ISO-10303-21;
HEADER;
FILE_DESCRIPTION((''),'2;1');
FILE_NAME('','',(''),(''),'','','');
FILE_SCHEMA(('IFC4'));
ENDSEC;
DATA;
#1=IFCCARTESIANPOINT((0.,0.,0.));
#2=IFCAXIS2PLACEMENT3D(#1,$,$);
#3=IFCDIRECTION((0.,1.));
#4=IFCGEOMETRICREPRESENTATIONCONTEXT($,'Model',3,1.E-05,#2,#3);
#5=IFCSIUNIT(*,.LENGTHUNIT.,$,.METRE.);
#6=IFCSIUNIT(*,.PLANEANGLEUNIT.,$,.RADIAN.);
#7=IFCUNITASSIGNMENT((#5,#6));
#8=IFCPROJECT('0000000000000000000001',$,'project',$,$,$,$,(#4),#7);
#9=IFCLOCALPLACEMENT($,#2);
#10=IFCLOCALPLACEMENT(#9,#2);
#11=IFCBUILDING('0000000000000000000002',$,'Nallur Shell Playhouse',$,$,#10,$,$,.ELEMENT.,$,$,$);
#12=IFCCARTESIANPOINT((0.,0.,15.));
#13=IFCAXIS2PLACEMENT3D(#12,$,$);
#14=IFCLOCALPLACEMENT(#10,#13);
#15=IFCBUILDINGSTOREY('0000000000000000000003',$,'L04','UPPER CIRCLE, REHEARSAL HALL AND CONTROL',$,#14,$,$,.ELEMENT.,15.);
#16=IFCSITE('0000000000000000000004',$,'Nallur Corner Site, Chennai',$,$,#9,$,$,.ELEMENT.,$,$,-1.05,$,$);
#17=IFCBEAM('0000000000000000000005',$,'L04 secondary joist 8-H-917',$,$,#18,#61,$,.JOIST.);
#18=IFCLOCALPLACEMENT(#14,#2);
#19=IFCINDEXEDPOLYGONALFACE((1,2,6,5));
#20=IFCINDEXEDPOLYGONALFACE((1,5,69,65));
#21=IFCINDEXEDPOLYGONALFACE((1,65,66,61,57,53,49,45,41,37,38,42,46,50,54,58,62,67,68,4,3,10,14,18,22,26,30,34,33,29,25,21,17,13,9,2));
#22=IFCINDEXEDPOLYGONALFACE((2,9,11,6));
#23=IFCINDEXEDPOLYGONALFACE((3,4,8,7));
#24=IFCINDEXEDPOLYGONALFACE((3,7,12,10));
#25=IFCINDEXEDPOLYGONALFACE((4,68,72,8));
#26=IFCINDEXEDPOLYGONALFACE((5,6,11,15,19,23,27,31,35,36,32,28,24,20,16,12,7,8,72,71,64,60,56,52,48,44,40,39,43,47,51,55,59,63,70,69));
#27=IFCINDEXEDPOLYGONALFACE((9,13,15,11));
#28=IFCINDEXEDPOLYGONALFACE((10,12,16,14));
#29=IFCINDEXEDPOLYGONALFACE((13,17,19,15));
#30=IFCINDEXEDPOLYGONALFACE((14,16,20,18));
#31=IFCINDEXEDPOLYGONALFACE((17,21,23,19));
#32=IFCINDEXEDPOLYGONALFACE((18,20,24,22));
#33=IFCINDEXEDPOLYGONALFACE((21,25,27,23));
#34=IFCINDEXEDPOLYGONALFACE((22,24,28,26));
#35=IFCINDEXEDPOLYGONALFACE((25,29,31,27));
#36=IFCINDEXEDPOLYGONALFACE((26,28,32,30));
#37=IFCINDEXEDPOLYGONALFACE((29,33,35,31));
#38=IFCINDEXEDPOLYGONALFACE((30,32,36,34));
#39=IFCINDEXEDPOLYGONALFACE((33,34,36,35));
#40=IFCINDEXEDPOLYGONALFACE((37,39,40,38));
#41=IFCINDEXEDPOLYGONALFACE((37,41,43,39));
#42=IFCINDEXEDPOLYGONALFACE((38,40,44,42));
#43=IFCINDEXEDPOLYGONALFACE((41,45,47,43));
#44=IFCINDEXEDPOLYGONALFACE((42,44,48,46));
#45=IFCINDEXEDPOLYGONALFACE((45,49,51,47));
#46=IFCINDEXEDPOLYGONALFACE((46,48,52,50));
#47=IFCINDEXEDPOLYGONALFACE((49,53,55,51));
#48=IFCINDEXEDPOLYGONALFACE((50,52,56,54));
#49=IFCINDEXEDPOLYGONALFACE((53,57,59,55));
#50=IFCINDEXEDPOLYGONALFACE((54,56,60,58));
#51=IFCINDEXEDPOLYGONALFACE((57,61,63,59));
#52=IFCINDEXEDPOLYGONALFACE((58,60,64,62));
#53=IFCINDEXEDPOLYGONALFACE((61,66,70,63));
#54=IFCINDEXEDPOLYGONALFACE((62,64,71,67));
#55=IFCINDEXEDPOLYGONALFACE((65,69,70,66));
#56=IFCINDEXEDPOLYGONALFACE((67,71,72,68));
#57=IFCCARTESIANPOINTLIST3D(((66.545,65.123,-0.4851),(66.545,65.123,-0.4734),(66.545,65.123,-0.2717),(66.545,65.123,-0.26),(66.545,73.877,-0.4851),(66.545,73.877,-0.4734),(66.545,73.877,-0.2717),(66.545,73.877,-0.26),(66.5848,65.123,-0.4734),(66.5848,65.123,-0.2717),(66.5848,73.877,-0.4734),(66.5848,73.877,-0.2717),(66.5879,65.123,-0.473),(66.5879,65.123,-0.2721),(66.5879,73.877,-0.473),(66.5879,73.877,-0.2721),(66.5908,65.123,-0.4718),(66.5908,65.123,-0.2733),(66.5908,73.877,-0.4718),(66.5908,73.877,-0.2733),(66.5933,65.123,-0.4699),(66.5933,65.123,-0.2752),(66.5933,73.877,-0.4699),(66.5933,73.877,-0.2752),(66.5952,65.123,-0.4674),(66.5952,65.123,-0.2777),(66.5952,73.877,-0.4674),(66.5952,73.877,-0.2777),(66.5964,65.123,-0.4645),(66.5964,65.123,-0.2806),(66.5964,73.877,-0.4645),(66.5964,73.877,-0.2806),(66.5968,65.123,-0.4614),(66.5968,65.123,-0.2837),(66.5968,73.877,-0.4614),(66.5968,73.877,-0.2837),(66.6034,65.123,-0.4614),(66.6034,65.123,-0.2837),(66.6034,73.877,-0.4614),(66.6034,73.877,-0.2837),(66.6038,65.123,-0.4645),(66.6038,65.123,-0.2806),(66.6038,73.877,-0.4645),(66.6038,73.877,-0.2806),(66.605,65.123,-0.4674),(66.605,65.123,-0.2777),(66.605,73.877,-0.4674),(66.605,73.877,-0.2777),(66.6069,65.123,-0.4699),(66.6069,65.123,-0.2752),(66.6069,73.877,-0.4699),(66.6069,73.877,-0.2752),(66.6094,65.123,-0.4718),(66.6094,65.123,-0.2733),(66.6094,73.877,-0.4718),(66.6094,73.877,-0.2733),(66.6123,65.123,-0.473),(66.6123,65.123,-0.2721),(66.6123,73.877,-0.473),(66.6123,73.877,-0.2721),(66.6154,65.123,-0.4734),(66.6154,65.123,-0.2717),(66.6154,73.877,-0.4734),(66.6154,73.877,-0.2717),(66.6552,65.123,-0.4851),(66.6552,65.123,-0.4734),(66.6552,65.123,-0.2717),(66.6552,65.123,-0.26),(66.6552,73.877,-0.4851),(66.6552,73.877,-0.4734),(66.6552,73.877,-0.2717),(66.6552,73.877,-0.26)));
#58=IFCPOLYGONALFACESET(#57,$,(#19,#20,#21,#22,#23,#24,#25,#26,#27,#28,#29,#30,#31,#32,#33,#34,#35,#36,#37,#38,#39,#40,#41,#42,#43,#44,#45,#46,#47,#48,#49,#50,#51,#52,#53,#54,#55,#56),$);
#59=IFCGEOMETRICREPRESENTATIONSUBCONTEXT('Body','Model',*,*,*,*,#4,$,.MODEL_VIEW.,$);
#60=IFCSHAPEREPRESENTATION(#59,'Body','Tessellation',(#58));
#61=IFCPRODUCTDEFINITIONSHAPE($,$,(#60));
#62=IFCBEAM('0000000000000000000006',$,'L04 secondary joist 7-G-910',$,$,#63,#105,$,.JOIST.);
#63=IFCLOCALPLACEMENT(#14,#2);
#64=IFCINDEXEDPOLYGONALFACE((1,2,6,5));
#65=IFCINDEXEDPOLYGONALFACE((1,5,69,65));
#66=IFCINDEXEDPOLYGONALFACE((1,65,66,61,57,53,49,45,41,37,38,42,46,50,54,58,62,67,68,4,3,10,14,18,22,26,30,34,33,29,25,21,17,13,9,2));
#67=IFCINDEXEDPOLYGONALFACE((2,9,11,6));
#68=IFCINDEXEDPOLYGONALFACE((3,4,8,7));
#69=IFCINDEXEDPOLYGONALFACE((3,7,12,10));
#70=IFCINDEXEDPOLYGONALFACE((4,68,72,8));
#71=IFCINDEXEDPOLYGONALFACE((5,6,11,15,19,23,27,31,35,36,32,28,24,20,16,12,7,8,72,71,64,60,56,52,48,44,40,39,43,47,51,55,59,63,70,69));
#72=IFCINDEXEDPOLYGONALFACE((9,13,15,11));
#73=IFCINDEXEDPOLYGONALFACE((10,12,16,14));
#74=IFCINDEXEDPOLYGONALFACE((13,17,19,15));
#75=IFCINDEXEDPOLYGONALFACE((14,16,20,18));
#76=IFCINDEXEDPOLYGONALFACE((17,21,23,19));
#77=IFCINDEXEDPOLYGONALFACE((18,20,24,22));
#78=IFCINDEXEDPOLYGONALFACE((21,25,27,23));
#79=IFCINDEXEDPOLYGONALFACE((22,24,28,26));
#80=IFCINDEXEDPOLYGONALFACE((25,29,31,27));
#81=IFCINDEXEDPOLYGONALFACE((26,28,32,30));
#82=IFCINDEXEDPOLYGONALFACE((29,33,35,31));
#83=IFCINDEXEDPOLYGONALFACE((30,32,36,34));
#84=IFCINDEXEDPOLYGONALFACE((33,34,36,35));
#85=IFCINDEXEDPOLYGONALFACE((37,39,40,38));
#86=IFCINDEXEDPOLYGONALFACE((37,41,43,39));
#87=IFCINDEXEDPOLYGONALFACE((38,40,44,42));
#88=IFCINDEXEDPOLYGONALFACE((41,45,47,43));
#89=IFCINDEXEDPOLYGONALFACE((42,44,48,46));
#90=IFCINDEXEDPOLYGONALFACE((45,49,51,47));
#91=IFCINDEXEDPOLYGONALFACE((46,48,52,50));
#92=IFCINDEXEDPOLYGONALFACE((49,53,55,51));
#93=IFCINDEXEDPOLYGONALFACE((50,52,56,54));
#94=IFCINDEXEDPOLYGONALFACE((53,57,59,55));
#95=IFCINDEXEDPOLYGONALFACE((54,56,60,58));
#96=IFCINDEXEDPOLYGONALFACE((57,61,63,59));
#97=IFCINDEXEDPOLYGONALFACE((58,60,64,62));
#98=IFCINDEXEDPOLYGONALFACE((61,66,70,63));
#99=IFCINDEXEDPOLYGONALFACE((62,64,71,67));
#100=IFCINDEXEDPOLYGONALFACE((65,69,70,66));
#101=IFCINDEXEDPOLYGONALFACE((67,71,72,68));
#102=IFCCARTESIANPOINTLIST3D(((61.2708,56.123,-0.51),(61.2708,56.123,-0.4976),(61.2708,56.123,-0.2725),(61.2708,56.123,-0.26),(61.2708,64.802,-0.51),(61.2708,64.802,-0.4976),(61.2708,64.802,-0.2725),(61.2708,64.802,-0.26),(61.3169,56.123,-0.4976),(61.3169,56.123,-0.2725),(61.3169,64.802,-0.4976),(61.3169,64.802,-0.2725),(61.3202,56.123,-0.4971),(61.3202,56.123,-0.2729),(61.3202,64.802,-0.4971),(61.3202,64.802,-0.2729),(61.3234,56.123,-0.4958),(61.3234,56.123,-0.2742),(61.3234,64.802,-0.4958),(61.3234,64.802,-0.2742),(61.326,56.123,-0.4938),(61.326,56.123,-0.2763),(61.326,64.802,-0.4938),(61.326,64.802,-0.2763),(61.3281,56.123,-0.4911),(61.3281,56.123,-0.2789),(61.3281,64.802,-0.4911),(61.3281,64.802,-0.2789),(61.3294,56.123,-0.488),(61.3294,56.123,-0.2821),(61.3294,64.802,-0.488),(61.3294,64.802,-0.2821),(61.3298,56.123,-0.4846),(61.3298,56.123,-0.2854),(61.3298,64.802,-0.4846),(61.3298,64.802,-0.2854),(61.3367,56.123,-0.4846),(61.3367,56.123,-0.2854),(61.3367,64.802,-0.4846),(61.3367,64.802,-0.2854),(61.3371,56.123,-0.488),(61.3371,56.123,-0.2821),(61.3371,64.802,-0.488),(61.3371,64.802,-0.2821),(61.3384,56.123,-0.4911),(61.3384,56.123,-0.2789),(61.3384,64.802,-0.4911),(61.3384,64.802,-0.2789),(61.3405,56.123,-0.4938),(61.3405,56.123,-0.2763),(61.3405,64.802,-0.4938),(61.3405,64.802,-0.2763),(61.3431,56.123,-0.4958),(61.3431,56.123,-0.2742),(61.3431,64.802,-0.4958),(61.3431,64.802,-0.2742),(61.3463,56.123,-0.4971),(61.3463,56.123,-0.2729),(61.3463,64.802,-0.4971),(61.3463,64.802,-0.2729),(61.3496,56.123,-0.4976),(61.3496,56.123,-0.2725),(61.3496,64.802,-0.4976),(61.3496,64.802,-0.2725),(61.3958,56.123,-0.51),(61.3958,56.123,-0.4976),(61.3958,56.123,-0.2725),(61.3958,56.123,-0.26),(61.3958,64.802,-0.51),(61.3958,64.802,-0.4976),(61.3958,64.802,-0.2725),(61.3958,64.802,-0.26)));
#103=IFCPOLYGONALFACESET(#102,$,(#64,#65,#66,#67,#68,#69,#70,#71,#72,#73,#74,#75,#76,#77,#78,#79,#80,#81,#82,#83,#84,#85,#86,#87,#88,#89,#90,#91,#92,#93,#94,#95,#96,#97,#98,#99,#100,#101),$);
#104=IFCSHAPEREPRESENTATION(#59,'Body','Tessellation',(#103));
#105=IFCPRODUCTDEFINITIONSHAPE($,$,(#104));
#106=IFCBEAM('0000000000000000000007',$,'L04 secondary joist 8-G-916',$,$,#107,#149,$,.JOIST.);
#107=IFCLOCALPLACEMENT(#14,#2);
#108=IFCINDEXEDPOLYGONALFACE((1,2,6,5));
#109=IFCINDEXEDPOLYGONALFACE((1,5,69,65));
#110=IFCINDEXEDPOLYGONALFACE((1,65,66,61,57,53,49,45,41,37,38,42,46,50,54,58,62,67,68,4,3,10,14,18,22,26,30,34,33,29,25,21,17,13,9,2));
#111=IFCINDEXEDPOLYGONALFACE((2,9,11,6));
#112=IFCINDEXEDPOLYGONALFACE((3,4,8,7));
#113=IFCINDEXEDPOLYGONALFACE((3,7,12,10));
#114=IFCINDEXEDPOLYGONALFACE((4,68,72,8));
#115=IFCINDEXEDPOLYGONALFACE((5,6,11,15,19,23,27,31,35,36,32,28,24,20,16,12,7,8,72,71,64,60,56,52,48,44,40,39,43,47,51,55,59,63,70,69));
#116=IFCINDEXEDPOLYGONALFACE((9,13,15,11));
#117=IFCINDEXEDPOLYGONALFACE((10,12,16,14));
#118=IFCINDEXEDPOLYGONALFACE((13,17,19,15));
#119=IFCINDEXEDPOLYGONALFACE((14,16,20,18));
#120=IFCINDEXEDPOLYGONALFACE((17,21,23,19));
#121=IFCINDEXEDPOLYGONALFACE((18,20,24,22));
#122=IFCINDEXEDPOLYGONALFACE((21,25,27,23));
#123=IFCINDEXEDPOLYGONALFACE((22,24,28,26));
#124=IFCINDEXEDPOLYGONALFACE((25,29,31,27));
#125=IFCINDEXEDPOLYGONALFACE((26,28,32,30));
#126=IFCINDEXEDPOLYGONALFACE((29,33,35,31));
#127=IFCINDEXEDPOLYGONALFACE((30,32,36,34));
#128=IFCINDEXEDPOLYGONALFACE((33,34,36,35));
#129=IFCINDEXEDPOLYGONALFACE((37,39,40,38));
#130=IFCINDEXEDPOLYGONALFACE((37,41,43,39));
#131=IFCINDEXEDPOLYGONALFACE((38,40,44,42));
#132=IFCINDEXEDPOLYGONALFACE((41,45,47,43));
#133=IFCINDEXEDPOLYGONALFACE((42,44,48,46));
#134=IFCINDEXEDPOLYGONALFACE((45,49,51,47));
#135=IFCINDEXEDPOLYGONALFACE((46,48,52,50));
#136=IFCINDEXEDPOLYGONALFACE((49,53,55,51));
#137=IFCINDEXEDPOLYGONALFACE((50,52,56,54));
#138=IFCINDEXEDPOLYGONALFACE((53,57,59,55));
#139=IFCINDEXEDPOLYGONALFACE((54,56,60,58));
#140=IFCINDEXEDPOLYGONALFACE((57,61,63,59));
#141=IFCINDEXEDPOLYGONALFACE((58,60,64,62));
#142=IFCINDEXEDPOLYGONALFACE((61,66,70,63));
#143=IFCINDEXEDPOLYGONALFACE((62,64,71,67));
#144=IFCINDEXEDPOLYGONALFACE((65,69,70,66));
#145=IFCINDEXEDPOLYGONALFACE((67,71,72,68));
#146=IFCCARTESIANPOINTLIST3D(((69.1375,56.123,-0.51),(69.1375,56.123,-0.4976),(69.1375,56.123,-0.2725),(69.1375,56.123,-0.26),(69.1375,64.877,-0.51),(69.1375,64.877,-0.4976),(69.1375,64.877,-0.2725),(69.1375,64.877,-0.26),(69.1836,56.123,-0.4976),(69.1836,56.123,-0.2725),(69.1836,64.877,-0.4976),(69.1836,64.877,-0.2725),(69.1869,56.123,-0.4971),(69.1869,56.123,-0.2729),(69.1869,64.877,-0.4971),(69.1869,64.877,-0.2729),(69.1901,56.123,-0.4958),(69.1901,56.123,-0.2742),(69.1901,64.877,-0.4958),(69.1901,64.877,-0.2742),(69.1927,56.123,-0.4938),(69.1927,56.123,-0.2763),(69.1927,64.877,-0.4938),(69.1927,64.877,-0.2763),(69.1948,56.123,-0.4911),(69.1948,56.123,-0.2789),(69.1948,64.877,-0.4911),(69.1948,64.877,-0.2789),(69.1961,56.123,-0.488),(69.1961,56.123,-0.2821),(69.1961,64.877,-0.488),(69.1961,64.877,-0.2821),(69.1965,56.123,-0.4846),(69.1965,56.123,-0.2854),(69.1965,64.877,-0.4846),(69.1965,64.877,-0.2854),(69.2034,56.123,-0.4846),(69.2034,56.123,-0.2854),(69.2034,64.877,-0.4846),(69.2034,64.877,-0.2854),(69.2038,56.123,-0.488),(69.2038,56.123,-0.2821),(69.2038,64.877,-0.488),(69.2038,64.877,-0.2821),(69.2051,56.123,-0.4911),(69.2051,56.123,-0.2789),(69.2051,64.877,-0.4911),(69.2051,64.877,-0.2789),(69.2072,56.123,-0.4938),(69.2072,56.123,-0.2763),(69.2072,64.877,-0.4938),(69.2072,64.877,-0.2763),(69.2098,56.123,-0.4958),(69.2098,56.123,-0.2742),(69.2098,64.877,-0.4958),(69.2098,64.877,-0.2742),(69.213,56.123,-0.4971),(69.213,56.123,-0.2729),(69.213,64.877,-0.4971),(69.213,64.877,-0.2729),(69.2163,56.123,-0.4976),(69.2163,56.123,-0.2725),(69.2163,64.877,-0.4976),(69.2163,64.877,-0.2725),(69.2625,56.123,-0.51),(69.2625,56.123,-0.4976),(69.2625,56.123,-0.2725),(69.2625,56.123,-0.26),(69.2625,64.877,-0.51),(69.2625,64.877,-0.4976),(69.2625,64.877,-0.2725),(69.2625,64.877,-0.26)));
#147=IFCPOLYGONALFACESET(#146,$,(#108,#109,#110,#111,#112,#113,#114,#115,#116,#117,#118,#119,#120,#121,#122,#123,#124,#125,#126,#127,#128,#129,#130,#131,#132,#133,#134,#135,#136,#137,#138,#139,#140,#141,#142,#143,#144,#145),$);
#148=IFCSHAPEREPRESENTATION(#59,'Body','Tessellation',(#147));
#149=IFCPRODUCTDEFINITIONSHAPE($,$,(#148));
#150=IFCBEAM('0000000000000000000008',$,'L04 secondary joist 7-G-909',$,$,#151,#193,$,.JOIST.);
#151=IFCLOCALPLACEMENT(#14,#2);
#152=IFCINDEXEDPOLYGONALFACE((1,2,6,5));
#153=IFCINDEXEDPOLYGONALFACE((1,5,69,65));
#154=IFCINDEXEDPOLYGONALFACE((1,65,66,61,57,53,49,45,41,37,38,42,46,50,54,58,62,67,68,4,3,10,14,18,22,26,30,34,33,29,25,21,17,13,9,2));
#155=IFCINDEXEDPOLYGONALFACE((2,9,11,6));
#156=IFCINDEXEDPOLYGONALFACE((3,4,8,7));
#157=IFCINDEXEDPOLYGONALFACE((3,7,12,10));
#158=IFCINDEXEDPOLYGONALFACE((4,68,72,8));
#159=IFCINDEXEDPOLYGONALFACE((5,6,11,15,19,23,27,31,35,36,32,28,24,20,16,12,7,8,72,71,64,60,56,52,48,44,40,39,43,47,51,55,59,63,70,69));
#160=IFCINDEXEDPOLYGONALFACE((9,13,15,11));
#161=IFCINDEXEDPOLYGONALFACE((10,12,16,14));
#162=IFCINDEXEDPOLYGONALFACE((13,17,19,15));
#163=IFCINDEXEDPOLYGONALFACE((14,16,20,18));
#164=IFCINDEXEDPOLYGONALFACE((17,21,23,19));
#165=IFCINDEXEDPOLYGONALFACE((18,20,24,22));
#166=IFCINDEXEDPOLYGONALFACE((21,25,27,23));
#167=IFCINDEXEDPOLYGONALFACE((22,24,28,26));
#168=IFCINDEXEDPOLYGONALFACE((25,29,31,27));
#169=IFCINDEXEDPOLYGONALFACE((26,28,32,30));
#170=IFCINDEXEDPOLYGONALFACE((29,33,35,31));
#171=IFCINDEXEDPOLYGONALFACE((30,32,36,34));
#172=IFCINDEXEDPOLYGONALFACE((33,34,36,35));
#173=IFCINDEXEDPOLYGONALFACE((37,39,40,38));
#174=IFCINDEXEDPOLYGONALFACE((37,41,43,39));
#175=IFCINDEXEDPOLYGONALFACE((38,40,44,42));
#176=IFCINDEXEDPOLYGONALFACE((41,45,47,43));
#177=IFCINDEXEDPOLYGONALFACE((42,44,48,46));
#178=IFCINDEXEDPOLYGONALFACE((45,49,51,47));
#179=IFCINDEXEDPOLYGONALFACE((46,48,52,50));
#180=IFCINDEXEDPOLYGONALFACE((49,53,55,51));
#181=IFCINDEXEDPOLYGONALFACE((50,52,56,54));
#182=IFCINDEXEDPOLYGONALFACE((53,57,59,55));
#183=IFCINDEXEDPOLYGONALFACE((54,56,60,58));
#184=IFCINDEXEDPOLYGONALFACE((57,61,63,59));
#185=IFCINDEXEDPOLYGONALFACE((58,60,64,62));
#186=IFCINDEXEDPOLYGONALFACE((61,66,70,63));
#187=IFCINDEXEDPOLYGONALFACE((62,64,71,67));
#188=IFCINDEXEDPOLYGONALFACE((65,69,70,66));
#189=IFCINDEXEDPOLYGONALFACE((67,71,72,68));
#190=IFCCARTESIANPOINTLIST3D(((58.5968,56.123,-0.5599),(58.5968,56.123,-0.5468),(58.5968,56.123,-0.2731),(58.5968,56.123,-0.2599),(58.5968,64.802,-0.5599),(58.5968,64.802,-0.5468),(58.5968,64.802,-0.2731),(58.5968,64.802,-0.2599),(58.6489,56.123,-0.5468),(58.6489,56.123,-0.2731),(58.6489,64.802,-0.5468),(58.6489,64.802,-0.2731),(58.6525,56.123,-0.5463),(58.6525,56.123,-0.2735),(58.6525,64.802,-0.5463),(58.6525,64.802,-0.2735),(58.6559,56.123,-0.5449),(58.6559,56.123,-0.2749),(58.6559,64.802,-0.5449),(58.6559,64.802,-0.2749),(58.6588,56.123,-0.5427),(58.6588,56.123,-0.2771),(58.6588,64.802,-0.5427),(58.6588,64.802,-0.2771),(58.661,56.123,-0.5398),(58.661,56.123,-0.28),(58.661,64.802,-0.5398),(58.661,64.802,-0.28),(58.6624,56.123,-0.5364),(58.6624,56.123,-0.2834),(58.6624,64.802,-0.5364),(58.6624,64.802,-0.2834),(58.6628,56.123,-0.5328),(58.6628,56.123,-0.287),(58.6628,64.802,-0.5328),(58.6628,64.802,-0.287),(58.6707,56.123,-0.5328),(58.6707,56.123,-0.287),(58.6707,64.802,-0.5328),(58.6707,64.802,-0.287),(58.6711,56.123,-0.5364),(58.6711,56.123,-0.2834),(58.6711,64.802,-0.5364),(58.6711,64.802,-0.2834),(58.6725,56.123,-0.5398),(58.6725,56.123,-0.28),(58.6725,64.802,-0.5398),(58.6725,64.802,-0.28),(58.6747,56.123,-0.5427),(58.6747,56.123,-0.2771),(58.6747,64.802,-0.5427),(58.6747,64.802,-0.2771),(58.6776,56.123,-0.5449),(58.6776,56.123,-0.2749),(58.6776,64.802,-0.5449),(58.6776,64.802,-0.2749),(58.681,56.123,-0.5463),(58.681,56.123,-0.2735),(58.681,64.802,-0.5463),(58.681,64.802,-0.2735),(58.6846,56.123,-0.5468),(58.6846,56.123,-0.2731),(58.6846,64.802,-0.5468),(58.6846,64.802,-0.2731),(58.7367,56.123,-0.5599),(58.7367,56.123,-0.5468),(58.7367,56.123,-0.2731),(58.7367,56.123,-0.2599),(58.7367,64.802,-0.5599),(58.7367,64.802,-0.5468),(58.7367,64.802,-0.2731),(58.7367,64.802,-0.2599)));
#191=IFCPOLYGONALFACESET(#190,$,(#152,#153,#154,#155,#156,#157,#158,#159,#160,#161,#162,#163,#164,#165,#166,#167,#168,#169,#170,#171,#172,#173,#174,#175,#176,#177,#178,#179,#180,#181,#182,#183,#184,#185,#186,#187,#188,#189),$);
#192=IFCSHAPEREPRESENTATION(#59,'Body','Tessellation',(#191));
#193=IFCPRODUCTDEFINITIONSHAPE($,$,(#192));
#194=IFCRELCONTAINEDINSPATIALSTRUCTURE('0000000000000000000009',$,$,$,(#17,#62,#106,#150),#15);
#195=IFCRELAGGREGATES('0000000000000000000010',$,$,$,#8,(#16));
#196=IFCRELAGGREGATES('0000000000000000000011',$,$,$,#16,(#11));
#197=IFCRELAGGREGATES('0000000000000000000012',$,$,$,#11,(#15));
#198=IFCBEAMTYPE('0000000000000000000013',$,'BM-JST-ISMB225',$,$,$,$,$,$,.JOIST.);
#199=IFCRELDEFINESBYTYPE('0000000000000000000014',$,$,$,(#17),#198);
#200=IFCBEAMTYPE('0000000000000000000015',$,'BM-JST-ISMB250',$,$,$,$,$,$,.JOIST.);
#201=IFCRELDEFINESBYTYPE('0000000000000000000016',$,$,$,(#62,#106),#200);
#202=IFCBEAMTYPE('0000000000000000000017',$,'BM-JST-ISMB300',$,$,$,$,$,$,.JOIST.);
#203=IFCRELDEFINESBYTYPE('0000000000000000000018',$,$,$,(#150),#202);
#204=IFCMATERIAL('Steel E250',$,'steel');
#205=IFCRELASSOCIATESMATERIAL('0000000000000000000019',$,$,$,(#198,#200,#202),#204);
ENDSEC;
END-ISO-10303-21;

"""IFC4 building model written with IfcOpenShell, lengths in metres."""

from ifc_helpers import new_model, si_unit, direction, frame, origin, origin_2d, place, context, subcontext, project, spatial, i_section, extrude, material, material_profile, profile_set, type_object, element, save


model = new_model("IFC4")

# Units and contexts
model_context = context("Model", 3, precision=1e-05, world=origin(), true_north=direction((0.0, 1.0)))
body_context = subcontext(model_context, "Body", "Model", "MODEL_VIEW")
ifc_project = project(units=[si_unit("LENGTHUNIT", "METRE"), si_unit("PLANEANGLEUNIT", "RADIAN")], contexts=[model_context])

# Site, building, storey
site_placement = place(None, origin())
site = spatial("IfcSite", under=ifc_project, at=site_placement, Name="Nallur Corner Site, Chennai", CompositionType="ELEMENT", RefElevation=-1.05)
building_placement = place(site_placement, origin())
building = spatial("IfcBuilding", under=site, at=building_placement, Name="Nallur Shell Playhouse", CompositionType="ELEMENT")
storey_placement = place(building_placement, frame((0.0, 0.0, 15.0)))
storey = spatial("IfcBuildingStorey", under=building, at=storey_placement, Name="L04", Description="UPPER CIRCLE, REHEARSAL HALL AND CONTROL", CompositionType="ELEMENT", Elevation=15.0)

# Beams
ifc_material_1 = material(Name="Steel E250", Category="steel")
ifc_material_profile_1 = material_profile(ifc_material_1, i_section(OverallWidth=0.1101, OverallDepth=0.2251, WebThickness=0.0066, FlangeThickness=0.0117, FilletRadius=0.012, at=origin_2d()), Name="ISMB 225")
ifc_profile_set_1 = profile_set([ifc_material_profile_1], Name="Steel E250")
beam_type_1 = type_object("IfcBeamType", Name="BM-JST-ISMB225", PredefinedType="JOIST", material=ifc_profile_set_1)
beam_1_placement = place(storey_placement, frame((66.6001, 65.123, -0.3726), z_axis=(0.0, 1.0, 0.0), x_axis=(-1.0, 0.0, 0.0)))
element("IfcBeam", 1, at=beam_1_placement, inside=storey, type_object=beam_type_1, Name="L04 secondary joist 8-H-917", PredefinedType="JOIST", context=body_context, shape_type="SweptSolid", body=[
    extrude(i_section(OverallWidth=0.1101, OverallDepth=0.2251, WebThickness=0.0066, FlangeThickness=0.0117, FilletRadius=0.012, at=origin_2d()), origin(), (0.0, 0.0, 1.0), 8.7539),
])
ifc_material_profile_2 = material_profile(ifc_material_1, i_section(OverallWidth=0.125, OverallDepth=0.25, WebThickness=0.0068, FlangeThickness=0.0125, FilletRadius=0.0129, at=origin_2d()), Name="ISMB 250")
ifc_profile_set_2 = profile_set([ifc_material_profile_2], Name="Steel E250")
beam_type_2 = type_object("IfcBeamType", Name="BM-JST-ISMB250", PredefinedType="JOIST", material=ifc_profile_set_2)
beam_2_placement = place(storey_placement, frame((61.3333, 56.123, -0.385), z_axis=(0.0, 1.0, 0.0), x_axis=(-1.0, 0.0, 0.0)))
element("IfcBeam", 2, at=beam_2_placement, inside=storey, type_object=beam_type_2, Name="L04 secondary joist 7-G-910", PredefinedType="JOIST", context=body_context, shape_type="SweptSolid", body=[
    extrude(i_section(OverallWidth=0.125, OverallDepth=0.25, WebThickness=0.0068, FlangeThickness=0.0125, FilletRadius=0.0129, at=origin_2d()), origin(), (0.0, 0.0, 1.0), 8.679),
])
beam_3_placement = place(storey_placement, frame((69.2, 56.123, -0.385), z_axis=(0.0, 1.0, 0.0), x_axis=(-1.0, 0.0, 0.0)))
element("IfcBeam", 3, at=beam_3_placement, inside=storey, type_object=beam_type_2, Name="L04 secondary joist 8-G-916", PredefinedType="JOIST", context=body_context, shape_type="SweptSolid", body=[
    extrude(i_section(OverallWidth=0.125, OverallDepth=0.25, WebThickness=0.0068, FlangeThickness=0.0125, FilletRadius=0.0129, at=origin_2d()), origin(), (0.0, 0.0, 1.0), 8.7539),
])
ifc_material_profile_3 = material_profile(ifc_material_1, i_section(OverallWidth=0.1399, OverallDepth=0.3, WebThickness=0.0078, FlangeThickness=0.0132, FilletRadius=0.0139, at=origin_2d()), Name="ISMB 300")
ifc_profile_set_3 = profile_set([ifc_material_profile_3], Name="Steel E250")
beam_type_3 = type_object("IfcBeamType", Name="BM-JST-ISMB300", PredefinedType="JOIST", material=ifc_profile_set_3)
beam_4_placement = place(storey_placement, frame((58.6667, 56.123, -0.4099), z_axis=(0.0, 1.0, 0.0), x_axis=(-1.0, 0.0, 0.0)))
element("IfcBeam", 4, at=beam_4_placement, inside=storey, type_object=beam_type_3, Name="L04 secondary joist 7-G-909", PredefinedType="JOIST", context=body_context, shape_type="SweptSolid", body=[
    extrude(i_section(OverallWidth=0.1399, OverallDepth=0.3, WebThickness=0.0078, FlangeThickness=0.0132, FilletRadius=0.0139, at=origin_2d()), origin(), (0.0, 0.0, 1.0), 8.679),
])

save(model, "model.ifc")
